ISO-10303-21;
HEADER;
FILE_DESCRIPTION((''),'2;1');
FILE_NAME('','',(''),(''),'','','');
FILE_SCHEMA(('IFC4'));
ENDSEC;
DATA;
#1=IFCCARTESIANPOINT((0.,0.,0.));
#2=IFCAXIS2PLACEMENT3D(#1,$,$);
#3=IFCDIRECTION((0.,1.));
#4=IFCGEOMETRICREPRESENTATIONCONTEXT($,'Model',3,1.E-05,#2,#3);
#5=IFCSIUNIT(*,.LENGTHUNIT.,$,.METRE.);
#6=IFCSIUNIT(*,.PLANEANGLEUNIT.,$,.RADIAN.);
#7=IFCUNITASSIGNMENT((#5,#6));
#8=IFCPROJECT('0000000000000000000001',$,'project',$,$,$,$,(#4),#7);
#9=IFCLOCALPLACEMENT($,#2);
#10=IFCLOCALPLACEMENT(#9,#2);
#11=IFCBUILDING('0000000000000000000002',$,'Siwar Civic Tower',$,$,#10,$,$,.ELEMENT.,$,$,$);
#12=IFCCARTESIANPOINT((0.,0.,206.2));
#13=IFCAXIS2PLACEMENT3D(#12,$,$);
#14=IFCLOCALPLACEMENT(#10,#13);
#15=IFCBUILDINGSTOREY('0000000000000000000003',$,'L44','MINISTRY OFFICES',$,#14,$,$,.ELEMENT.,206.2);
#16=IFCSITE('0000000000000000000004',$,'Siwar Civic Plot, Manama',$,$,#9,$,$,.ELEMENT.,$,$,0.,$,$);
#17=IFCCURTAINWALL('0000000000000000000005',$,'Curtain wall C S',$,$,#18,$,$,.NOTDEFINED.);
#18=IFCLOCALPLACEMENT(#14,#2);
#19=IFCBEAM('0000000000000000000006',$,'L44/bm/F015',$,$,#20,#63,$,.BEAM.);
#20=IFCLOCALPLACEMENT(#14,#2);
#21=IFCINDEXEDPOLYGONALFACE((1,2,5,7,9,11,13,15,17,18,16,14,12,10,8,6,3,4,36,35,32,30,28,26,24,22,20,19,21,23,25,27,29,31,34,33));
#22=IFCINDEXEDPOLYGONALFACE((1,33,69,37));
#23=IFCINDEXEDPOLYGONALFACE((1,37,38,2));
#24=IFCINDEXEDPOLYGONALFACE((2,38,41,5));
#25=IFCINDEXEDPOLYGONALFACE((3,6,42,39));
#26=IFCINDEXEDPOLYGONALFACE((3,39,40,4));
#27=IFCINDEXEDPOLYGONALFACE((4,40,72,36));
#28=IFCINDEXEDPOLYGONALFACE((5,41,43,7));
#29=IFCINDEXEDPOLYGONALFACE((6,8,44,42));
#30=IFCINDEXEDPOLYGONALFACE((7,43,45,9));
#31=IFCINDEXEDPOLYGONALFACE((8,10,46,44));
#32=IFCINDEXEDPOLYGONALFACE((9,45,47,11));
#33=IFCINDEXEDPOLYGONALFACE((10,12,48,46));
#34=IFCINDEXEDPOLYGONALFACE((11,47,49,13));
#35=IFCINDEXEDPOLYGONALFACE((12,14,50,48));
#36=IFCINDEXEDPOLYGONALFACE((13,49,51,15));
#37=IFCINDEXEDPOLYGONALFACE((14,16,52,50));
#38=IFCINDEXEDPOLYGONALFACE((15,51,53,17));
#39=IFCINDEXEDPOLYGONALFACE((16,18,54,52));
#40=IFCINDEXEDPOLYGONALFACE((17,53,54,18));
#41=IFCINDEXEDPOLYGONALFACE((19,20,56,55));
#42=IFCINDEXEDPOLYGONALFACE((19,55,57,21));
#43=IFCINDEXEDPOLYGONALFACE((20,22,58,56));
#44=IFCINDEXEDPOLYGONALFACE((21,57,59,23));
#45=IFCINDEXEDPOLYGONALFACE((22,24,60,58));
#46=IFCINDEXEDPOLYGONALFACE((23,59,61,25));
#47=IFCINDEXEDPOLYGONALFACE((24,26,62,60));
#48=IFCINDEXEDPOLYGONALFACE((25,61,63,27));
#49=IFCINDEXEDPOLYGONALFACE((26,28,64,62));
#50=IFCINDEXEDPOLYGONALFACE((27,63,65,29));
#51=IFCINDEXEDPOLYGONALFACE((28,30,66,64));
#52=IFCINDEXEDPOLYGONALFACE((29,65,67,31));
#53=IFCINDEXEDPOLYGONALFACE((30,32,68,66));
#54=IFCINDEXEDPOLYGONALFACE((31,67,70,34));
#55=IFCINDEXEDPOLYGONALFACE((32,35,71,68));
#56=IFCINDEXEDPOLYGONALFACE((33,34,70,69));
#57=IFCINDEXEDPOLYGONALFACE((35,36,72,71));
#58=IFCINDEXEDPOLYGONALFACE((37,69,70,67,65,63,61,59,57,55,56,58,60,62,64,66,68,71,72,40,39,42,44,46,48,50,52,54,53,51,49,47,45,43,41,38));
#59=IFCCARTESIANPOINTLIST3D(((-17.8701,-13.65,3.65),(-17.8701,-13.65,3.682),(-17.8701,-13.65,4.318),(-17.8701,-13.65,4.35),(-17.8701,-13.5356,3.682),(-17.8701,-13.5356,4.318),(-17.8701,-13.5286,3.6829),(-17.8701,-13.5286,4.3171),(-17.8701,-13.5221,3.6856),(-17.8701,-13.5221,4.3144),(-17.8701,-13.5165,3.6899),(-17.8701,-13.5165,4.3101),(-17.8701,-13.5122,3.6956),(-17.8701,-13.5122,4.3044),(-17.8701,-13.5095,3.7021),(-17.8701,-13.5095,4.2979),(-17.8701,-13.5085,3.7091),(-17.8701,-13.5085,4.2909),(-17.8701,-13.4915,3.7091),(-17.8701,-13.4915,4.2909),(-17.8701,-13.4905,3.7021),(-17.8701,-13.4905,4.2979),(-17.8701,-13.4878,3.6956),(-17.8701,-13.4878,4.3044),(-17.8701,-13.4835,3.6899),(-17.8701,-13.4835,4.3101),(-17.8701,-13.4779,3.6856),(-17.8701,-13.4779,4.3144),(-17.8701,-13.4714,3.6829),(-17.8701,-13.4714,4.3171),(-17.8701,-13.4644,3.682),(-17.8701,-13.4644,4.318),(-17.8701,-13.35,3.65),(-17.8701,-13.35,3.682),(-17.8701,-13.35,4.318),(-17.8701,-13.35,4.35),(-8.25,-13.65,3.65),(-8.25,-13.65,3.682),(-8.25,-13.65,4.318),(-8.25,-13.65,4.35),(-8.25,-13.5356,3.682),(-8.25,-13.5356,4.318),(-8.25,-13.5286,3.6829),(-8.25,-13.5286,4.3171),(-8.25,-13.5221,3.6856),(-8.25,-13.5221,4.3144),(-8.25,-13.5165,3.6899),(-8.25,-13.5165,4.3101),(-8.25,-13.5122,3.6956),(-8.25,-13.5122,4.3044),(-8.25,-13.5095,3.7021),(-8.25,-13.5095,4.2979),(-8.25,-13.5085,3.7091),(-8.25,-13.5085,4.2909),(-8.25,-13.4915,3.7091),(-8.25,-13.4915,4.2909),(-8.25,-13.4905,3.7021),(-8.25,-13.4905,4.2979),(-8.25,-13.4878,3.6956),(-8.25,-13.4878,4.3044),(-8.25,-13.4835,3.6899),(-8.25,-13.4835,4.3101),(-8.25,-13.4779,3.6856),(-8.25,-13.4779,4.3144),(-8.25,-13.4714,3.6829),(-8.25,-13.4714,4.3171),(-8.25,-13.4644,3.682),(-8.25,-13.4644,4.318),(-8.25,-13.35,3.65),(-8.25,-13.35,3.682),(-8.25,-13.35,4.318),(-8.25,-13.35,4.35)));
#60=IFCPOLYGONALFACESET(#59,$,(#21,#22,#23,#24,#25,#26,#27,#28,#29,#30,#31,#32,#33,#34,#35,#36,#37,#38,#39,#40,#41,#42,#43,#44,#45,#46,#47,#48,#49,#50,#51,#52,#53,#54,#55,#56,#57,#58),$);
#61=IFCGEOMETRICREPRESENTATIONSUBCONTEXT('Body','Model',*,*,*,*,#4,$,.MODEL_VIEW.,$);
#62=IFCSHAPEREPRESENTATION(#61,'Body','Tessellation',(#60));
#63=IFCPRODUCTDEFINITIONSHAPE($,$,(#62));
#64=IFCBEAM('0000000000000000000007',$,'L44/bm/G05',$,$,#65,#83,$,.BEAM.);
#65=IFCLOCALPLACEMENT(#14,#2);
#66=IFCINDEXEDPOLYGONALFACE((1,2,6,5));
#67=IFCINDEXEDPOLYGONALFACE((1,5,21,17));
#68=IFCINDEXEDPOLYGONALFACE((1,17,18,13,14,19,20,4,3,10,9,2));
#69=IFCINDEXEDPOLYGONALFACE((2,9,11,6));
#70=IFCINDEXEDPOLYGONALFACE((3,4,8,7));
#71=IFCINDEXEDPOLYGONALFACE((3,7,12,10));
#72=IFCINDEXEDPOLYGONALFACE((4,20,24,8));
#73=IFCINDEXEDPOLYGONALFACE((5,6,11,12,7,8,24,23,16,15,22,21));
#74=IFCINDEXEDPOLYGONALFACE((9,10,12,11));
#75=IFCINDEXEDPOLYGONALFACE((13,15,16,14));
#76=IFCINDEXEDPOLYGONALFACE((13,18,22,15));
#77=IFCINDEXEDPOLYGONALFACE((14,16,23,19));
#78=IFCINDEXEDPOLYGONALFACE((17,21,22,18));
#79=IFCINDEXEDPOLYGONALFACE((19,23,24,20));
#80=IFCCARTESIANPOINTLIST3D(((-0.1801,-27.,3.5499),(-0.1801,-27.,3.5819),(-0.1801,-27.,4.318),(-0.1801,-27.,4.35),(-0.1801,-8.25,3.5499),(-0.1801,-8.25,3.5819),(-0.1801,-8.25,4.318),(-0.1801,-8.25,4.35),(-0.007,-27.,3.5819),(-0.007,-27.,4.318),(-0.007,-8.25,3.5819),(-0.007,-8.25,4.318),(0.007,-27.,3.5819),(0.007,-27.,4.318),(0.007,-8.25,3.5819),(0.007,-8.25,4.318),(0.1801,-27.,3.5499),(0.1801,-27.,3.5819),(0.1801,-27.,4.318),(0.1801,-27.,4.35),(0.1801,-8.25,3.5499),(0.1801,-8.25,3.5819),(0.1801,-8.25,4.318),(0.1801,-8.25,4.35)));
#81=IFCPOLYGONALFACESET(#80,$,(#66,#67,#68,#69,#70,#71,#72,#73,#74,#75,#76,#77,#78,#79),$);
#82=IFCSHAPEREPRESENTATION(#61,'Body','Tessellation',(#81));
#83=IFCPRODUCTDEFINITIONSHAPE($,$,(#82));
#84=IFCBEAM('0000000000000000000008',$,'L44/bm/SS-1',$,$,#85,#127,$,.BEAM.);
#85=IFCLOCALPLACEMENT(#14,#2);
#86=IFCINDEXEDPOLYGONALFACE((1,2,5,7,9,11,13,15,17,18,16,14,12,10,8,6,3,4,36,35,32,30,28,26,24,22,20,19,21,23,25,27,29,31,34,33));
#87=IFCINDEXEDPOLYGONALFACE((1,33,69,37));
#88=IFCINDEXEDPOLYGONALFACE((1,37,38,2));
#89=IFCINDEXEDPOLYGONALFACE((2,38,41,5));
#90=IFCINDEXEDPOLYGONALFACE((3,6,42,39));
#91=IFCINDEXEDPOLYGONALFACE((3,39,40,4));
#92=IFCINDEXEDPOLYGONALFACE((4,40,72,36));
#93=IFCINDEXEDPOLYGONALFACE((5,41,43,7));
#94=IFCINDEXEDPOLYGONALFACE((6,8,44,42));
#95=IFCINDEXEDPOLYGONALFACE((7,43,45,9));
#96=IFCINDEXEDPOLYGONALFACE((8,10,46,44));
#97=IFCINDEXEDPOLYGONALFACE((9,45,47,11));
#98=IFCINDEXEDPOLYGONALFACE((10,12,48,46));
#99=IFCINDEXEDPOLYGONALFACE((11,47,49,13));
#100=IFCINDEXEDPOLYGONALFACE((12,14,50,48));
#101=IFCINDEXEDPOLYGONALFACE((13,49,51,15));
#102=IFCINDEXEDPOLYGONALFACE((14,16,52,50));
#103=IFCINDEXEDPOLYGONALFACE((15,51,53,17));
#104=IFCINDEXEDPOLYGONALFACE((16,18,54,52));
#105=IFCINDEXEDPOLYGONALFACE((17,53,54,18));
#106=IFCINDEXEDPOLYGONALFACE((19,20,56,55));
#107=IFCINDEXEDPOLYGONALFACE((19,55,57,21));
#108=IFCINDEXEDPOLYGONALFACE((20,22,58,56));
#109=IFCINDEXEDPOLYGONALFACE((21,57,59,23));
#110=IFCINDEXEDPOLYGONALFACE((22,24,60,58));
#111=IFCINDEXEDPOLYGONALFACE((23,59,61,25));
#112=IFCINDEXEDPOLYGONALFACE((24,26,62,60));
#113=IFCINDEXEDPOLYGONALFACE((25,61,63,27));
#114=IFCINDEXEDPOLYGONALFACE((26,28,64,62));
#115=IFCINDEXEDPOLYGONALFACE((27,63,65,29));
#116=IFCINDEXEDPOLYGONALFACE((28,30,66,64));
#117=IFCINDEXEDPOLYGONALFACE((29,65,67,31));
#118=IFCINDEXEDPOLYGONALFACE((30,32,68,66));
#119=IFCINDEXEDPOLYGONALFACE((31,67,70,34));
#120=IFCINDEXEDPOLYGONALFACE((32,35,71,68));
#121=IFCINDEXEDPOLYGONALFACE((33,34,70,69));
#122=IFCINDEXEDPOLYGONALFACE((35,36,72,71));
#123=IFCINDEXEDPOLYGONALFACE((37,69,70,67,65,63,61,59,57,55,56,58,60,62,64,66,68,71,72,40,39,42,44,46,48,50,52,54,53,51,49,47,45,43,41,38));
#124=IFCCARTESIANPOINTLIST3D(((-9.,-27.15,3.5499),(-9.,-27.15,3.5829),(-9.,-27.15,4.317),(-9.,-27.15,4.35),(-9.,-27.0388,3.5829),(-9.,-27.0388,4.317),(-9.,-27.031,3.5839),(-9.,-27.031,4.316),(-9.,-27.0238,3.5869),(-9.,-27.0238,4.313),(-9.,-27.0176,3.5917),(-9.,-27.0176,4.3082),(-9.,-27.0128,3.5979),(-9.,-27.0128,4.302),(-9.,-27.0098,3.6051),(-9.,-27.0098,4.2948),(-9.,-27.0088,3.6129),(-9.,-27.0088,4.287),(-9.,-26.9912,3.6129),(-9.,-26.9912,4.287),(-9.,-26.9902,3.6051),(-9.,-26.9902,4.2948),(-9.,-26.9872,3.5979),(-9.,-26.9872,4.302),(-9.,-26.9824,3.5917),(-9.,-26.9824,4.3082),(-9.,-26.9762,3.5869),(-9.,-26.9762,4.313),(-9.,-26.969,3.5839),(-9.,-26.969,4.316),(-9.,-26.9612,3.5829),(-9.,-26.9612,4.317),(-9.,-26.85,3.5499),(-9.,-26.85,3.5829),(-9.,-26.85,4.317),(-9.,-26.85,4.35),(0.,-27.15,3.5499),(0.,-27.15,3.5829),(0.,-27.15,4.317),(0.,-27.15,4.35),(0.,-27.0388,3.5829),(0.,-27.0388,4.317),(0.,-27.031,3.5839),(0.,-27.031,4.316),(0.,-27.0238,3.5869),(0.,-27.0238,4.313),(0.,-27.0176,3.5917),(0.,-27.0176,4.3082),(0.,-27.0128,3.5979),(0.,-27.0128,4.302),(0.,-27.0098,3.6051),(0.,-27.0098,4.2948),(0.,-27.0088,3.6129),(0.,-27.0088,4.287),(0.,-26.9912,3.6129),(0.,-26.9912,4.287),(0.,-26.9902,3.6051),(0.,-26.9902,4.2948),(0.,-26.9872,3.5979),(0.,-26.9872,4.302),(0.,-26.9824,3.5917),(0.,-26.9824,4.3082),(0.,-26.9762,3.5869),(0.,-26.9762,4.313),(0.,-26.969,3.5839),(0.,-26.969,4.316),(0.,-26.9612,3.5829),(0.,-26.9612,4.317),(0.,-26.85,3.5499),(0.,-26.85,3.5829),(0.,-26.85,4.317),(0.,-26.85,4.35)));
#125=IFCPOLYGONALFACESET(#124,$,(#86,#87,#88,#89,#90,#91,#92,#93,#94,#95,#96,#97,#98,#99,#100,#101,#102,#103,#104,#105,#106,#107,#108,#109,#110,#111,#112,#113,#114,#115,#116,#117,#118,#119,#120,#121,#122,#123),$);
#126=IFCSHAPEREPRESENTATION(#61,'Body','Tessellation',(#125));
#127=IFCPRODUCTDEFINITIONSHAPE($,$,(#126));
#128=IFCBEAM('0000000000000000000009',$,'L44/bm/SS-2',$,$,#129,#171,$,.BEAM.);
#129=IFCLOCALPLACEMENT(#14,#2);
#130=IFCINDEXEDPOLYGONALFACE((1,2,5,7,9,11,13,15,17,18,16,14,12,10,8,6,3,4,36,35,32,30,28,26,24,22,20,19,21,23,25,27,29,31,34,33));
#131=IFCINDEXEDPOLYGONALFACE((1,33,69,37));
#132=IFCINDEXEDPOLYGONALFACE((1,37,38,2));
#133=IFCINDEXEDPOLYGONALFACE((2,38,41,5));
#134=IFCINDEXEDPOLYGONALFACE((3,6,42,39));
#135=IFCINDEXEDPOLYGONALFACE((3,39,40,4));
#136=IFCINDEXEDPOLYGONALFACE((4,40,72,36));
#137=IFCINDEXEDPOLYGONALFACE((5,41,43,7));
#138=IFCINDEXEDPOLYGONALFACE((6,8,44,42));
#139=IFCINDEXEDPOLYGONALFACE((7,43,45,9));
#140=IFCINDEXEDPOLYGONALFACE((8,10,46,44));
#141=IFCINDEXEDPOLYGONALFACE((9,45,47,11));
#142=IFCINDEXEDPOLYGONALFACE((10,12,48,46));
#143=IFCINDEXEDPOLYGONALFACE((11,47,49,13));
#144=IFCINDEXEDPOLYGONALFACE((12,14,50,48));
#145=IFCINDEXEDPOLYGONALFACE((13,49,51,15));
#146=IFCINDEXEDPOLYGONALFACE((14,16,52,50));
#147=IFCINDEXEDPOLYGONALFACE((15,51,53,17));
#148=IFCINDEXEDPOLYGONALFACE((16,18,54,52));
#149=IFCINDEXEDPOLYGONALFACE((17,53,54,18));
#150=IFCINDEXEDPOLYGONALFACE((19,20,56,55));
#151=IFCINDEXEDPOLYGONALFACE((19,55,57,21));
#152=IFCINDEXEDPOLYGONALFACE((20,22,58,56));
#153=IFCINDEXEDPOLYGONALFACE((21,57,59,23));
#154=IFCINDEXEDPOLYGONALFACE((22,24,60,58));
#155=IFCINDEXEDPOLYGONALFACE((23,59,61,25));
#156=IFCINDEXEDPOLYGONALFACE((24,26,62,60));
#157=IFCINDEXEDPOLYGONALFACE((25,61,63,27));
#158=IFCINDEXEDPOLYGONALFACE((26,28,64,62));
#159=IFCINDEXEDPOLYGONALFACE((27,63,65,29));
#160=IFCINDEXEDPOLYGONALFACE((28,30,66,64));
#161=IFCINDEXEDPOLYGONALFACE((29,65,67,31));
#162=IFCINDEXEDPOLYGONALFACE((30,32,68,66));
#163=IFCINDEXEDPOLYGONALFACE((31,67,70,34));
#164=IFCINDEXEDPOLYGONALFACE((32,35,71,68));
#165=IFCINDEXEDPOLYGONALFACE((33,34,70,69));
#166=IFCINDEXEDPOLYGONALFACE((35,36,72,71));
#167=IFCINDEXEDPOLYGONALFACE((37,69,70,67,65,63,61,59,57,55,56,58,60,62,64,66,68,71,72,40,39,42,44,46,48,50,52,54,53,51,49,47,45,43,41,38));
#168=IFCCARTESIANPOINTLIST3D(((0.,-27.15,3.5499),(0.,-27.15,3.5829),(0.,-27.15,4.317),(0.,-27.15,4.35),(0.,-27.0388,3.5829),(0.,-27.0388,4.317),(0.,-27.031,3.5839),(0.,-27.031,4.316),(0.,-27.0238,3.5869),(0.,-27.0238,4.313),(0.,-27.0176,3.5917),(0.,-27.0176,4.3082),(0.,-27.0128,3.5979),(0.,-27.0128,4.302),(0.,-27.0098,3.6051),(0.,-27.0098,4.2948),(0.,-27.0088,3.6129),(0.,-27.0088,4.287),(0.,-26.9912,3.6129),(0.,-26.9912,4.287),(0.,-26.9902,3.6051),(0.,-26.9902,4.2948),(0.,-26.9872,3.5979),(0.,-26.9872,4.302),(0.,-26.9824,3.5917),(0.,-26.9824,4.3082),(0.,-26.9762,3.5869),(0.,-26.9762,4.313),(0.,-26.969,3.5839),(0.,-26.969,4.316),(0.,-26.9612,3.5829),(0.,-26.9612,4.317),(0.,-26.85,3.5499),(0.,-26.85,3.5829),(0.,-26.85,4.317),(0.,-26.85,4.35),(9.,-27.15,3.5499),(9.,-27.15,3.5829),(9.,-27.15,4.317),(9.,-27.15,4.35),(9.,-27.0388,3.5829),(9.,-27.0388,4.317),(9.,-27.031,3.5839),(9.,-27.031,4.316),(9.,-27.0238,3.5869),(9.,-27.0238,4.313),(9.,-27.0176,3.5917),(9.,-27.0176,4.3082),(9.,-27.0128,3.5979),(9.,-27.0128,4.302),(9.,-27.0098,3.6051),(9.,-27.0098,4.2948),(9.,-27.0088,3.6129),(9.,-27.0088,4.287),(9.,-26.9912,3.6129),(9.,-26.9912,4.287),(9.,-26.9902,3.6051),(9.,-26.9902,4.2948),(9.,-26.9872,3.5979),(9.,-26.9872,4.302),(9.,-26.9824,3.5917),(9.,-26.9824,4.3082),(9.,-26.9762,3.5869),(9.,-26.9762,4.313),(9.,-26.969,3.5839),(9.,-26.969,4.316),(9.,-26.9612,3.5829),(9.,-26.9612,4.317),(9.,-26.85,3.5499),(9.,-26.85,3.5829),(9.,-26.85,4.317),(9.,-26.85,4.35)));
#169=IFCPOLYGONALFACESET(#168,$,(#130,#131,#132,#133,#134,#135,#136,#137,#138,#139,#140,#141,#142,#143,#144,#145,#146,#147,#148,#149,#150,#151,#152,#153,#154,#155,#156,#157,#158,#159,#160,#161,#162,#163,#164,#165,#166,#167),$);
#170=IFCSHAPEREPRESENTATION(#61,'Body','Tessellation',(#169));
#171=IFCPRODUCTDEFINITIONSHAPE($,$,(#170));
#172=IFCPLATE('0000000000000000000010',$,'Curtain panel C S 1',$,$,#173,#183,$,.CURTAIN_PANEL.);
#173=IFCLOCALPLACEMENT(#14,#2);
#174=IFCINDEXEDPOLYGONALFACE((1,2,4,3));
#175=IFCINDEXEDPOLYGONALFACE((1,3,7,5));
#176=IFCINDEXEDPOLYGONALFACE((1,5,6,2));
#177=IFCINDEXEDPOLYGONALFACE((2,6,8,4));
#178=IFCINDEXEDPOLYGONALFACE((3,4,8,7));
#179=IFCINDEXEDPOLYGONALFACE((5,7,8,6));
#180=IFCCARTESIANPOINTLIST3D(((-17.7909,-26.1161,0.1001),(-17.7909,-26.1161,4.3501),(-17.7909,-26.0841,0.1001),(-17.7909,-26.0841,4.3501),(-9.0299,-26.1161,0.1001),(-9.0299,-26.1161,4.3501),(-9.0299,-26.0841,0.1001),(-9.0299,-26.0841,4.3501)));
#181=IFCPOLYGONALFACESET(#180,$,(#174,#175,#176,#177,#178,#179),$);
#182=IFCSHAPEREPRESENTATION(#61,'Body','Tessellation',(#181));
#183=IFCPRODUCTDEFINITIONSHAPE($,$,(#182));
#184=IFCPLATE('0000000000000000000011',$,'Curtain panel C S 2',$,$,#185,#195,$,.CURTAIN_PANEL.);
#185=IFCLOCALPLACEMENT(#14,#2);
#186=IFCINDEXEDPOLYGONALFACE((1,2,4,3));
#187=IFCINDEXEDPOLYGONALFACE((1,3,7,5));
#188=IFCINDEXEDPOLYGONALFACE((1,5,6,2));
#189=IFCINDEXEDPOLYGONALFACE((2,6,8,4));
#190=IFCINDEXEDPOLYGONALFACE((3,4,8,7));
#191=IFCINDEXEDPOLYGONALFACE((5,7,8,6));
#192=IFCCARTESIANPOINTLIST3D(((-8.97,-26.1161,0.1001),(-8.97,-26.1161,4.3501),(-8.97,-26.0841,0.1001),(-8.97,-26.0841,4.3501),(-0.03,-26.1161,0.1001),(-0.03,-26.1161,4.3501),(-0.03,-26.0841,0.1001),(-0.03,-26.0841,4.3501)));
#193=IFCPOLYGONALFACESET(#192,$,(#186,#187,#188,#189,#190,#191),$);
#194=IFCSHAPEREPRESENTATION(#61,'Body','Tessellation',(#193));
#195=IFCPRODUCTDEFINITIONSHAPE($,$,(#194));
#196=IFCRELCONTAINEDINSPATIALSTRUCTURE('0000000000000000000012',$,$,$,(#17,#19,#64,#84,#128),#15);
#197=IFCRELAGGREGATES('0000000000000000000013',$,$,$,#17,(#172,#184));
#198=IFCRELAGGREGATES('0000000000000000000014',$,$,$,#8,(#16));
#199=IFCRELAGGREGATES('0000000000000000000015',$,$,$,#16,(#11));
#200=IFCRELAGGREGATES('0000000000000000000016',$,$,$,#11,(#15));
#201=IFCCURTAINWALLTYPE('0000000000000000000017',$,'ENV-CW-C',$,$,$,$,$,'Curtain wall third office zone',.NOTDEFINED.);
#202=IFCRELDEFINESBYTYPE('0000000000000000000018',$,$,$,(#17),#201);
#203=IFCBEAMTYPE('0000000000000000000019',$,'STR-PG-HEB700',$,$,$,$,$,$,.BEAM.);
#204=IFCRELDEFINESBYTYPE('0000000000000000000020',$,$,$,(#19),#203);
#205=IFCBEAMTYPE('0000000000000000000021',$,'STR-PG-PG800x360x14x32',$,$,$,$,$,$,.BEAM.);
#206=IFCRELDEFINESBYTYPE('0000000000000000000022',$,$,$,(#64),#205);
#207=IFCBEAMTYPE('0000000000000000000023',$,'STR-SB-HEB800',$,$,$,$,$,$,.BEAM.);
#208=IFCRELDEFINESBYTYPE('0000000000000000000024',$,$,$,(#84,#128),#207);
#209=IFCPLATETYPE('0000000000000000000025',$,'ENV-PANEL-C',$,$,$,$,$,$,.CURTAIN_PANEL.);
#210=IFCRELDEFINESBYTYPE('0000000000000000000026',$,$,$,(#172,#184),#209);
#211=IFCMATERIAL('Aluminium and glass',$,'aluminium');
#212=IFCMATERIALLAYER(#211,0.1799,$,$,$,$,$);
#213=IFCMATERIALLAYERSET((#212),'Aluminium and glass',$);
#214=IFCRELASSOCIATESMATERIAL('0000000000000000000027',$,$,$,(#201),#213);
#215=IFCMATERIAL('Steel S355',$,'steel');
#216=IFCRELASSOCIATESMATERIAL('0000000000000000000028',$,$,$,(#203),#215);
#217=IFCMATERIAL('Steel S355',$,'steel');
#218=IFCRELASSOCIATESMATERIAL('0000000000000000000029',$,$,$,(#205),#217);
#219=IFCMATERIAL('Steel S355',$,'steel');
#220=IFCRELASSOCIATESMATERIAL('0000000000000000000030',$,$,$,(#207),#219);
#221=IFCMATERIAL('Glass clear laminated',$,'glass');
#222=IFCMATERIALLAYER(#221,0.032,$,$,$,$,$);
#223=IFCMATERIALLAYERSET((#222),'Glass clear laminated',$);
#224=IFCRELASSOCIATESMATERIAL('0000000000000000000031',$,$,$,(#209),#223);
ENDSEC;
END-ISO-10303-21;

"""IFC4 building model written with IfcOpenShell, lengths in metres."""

from ifc_helpers import new_model, si_unit, direction, frame, origin, origin_2d, place, context, subcontext, project, spatial, rectangle, i_section, extrude, material, layer, layer_set, material_profile, profile_set, type_object, element, aggregate, save


model = new_model("IFC4")

# Units and contexts
model_context = context("Model", 3, precision=1e-05, world=origin(), true_north=direction((0.0, 1.0)))
body_context = subcontext(model_context, "Body", "Model", "MODEL_VIEW")
ifc_project = project(units=[si_unit("LENGTHUNIT", "METRE"), si_unit("PLANEANGLEUNIT", "RADIAN")], contexts=[model_context])

# Site, building, storey
site_placement = place(None, origin())
site = spatial("IfcSite", under=ifc_project, at=site_placement, Name="Siwar Civic Plot, Manama", CompositionType="ELEMENT", RefElevation=0.0)
building_placement = place(site_placement, origin())
building = spatial("IfcBuilding", under=site, at=building_placement, Name="Siwar Civic Tower", CompositionType="ELEMENT")
storey_placement = place(building_placement, frame((0.0, 0.0, 206.2)))
storey = spatial("IfcBuildingStorey", under=building, at=storey_placement, Name="L44", Description="MINISTRY OFFICES", CompositionType="ELEMENT", Elevation=206.2)

# Curtain wall
ifc_material_1 = material(Name="Aluminium and glass", Category="aluminium")
ifc_layer_1 = layer(ifc_material_1, 0.1799)
ifc_layer_set_1 = layer_set([ifc_layer_1], Name="Aluminium and glass")
curtain_wall_type = type_object("IfcCurtainWallType", Name="ENV-CW-C", ElementType="Curtain wall third office zone", PredefinedType="NOTDEFINED", material=ifc_layer_set_1)
curtain_wall_placement = place(storey_placement, origin())
curtain_wall = element("IfcCurtainWall", 1, at=curtain_wall_placement, inside=storey, type_object=curtain_wall_type, Name="Curtain wall C S", PredefinedType="NOTDEFINED")

# Beams
ifc_material_2 = material(Name="Steel S355", Category="steel")
ifc_material_profile_1 = material_profile(ifc_material_2, i_section(OverallWidth=0.3, OverallDepth=0.7, WebThickness=0.0171, FlangeThickness=0.032, FilletRadius=0.0271, at=origin_2d()), Name="HEB700")
ifc_profile_set_1 = profile_set([ifc_material_profile_1], Name="Steel S355")
beam_type_1 = type_object("IfcBeamType", Name="STR-PG-HEB700", PredefinedType="BEAM", material=ifc_profile_set_1)
beam_1_placement = place(storey_placement, frame((-17.8701, -13.5, 4.0), z_axis=(1.0, 0.0, 0.0), x_axis=(0.0, 1.0, 0.0)))
element("IfcBeam", 2, at=beam_1_placement, inside=storey, type_object=beam_type_1, Name="L44/bm/F015", PredefinedType="BEAM", context=body_context, shape_type="SweptSolid", body=[
    extrude(i_section(OverallWidth=0.3, OverallDepth=0.7, WebThickness=0.0171, FlangeThickness=0.032, FilletRadius=0.0271, at=origin_2d()), origin(), (0.0, 0.0, 1.0), 9.6201),
])
ifc_material_3 = material(Name="Steel S355", Category="steel")
ifc_material_profile_2 = material_profile(ifc_material_3, i_section(OverallWidth=0.3601, OverallDepth=0.8, WebThickness=0.0139, FlangeThickness=0.032, at=origin_2d()), Name="PG800x360x14x32")
ifc_profile_set_2 = profile_set([ifc_material_profile_2], Name="Steel S355")
beam_type_2 = type_object("IfcBeamType", Name="STR-PG-PG800x360x14x32", PredefinedType="BEAM", material=ifc_profile_set_2)
beam_2_placement = place(storey_placement, frame((0.0, -27.0, 3.95), z_axis=(0.0, 1.0, 0.0), x_axis=(-1.0, 0.0, 0.0)))
element("IfcBeam", 3, at=beam_2_placement, inside=storey, type_object=beam_type_2, Name="L44/bm/G05", PredefinedType="BEAM", context=body_context, shape_type="SweptSolid", body=[
    extrude(i_section(OverallWidth=0.3601, OverallDepth=0.8, WebThickness=0.0139, FlangeThickness=0.032, at=origin_2d()), origin(), (0.0, 0.0, 1.0), 18.75),
])
ifc_material_4 = material(Name="Steel S355", Category="steel")
ifc_material_profile_3 = material_profile(ifc_material_4, i_section(OverallWidth=0.3, OverallDepth=0.8, WebThickness=0.0176, FlangeThickness=0.033, FilletRadius=0.03, at=origin_2d()), Name="HEB800")
ifc_profile_set_3 = profile_set([ifc_material_profile_3], Name="Steel S355")
beam_type_3 = type_object("IfcBeamType", Name="STR-SB-HEB800", PredefinedType="BEAM", material=ifc_profile_set_3)
for number, where, z_axis, x_axis, name in (
    (4, (-9.0, -27.0, 3.95), (1.0, 0.0, 0.0), (0.0, 1.0, 0.0), "L44/bm/SS-1"),
    (5, (0.0, -27.0, 3.95), (1.0, 0.0, 0.0), (0.0, 1.0, 0.0), "L44/bm/SS-2"),
):
    element("IfcBeam", number, at=place(storey_placement, frame(where, z_axis=z_axis, x_axis=x_axis)), inside=storey, type_object=beam_type_3, Name=name, PredefinedType="BEAM", context=body_context, shape_type="SweptSolid", body=[
        extrude(i_section(OverallWidth=0.3, OverallDepth=0.8, WebThickness=0.0176, FlangeThickness=0.033, FilletRadius=0.03, at=origin_2d()), origin(), (0.0, 0.0, 1.0), 9.0),
    ])

# Plates
ifc_material_5 = material(Name="Glass clear laminated", Category="glass")
ifc_layer_2 = layer(ifc_material_5, 0.032)
ifc_layer_set_2 = layer_set([ifc_layer_2], Name="Glass clear laminated")
plate_type = type_object("IfcPlateType", Name="ENV-PANEL-C", PredefinedType="CURTAIN_PANEL", material=ifc_layer_set_2)
plate_1_placement = place(storey_placement, frame((-13.4104, -26.1001, 0.1001), z_axis=(0.0, 0.0, 1.0), x_axis=(1.0, 0.0, 0.0)))
plate_1 = element("IfcPlate", 6, at=plate_1_placement, type_object=plate_type, Name="Curtain panel C S 1", PredefinedType="CURTAIN_PANEL", context=body_context, shape_type="SweptSolid", body=[
    extrude(rectangle(XDim=8.761, YDim=0.032, at=origin_2d()), origin(), (0.0, 0.0, 1.0), 4.25),
])
plate_2_placement = place(storey_placement, frame((-4.5, -26.1001, 0.1001), z_axis=(0.0, 0.0, 1.0), x_axis=(1.0, 0.0, 0.0)))
plate_2 = element("IfcPlate", 7, at=plate_2_placement, type_object=plate_type, Name="Curtain panel C S 2", PredefinedType="CURTAIN_PANEL", context=body_context, shape_type="SweptSolid", body=[
    extrude(rectangle(XDim=8.9399, YDim=0.032, at=origin_2d()), origin(), (0.0, 0.0, 1.0), 4.25),
])
aggregate(curtain_wall, [plate_1, plate_2])

save(model, "model.ifc")
